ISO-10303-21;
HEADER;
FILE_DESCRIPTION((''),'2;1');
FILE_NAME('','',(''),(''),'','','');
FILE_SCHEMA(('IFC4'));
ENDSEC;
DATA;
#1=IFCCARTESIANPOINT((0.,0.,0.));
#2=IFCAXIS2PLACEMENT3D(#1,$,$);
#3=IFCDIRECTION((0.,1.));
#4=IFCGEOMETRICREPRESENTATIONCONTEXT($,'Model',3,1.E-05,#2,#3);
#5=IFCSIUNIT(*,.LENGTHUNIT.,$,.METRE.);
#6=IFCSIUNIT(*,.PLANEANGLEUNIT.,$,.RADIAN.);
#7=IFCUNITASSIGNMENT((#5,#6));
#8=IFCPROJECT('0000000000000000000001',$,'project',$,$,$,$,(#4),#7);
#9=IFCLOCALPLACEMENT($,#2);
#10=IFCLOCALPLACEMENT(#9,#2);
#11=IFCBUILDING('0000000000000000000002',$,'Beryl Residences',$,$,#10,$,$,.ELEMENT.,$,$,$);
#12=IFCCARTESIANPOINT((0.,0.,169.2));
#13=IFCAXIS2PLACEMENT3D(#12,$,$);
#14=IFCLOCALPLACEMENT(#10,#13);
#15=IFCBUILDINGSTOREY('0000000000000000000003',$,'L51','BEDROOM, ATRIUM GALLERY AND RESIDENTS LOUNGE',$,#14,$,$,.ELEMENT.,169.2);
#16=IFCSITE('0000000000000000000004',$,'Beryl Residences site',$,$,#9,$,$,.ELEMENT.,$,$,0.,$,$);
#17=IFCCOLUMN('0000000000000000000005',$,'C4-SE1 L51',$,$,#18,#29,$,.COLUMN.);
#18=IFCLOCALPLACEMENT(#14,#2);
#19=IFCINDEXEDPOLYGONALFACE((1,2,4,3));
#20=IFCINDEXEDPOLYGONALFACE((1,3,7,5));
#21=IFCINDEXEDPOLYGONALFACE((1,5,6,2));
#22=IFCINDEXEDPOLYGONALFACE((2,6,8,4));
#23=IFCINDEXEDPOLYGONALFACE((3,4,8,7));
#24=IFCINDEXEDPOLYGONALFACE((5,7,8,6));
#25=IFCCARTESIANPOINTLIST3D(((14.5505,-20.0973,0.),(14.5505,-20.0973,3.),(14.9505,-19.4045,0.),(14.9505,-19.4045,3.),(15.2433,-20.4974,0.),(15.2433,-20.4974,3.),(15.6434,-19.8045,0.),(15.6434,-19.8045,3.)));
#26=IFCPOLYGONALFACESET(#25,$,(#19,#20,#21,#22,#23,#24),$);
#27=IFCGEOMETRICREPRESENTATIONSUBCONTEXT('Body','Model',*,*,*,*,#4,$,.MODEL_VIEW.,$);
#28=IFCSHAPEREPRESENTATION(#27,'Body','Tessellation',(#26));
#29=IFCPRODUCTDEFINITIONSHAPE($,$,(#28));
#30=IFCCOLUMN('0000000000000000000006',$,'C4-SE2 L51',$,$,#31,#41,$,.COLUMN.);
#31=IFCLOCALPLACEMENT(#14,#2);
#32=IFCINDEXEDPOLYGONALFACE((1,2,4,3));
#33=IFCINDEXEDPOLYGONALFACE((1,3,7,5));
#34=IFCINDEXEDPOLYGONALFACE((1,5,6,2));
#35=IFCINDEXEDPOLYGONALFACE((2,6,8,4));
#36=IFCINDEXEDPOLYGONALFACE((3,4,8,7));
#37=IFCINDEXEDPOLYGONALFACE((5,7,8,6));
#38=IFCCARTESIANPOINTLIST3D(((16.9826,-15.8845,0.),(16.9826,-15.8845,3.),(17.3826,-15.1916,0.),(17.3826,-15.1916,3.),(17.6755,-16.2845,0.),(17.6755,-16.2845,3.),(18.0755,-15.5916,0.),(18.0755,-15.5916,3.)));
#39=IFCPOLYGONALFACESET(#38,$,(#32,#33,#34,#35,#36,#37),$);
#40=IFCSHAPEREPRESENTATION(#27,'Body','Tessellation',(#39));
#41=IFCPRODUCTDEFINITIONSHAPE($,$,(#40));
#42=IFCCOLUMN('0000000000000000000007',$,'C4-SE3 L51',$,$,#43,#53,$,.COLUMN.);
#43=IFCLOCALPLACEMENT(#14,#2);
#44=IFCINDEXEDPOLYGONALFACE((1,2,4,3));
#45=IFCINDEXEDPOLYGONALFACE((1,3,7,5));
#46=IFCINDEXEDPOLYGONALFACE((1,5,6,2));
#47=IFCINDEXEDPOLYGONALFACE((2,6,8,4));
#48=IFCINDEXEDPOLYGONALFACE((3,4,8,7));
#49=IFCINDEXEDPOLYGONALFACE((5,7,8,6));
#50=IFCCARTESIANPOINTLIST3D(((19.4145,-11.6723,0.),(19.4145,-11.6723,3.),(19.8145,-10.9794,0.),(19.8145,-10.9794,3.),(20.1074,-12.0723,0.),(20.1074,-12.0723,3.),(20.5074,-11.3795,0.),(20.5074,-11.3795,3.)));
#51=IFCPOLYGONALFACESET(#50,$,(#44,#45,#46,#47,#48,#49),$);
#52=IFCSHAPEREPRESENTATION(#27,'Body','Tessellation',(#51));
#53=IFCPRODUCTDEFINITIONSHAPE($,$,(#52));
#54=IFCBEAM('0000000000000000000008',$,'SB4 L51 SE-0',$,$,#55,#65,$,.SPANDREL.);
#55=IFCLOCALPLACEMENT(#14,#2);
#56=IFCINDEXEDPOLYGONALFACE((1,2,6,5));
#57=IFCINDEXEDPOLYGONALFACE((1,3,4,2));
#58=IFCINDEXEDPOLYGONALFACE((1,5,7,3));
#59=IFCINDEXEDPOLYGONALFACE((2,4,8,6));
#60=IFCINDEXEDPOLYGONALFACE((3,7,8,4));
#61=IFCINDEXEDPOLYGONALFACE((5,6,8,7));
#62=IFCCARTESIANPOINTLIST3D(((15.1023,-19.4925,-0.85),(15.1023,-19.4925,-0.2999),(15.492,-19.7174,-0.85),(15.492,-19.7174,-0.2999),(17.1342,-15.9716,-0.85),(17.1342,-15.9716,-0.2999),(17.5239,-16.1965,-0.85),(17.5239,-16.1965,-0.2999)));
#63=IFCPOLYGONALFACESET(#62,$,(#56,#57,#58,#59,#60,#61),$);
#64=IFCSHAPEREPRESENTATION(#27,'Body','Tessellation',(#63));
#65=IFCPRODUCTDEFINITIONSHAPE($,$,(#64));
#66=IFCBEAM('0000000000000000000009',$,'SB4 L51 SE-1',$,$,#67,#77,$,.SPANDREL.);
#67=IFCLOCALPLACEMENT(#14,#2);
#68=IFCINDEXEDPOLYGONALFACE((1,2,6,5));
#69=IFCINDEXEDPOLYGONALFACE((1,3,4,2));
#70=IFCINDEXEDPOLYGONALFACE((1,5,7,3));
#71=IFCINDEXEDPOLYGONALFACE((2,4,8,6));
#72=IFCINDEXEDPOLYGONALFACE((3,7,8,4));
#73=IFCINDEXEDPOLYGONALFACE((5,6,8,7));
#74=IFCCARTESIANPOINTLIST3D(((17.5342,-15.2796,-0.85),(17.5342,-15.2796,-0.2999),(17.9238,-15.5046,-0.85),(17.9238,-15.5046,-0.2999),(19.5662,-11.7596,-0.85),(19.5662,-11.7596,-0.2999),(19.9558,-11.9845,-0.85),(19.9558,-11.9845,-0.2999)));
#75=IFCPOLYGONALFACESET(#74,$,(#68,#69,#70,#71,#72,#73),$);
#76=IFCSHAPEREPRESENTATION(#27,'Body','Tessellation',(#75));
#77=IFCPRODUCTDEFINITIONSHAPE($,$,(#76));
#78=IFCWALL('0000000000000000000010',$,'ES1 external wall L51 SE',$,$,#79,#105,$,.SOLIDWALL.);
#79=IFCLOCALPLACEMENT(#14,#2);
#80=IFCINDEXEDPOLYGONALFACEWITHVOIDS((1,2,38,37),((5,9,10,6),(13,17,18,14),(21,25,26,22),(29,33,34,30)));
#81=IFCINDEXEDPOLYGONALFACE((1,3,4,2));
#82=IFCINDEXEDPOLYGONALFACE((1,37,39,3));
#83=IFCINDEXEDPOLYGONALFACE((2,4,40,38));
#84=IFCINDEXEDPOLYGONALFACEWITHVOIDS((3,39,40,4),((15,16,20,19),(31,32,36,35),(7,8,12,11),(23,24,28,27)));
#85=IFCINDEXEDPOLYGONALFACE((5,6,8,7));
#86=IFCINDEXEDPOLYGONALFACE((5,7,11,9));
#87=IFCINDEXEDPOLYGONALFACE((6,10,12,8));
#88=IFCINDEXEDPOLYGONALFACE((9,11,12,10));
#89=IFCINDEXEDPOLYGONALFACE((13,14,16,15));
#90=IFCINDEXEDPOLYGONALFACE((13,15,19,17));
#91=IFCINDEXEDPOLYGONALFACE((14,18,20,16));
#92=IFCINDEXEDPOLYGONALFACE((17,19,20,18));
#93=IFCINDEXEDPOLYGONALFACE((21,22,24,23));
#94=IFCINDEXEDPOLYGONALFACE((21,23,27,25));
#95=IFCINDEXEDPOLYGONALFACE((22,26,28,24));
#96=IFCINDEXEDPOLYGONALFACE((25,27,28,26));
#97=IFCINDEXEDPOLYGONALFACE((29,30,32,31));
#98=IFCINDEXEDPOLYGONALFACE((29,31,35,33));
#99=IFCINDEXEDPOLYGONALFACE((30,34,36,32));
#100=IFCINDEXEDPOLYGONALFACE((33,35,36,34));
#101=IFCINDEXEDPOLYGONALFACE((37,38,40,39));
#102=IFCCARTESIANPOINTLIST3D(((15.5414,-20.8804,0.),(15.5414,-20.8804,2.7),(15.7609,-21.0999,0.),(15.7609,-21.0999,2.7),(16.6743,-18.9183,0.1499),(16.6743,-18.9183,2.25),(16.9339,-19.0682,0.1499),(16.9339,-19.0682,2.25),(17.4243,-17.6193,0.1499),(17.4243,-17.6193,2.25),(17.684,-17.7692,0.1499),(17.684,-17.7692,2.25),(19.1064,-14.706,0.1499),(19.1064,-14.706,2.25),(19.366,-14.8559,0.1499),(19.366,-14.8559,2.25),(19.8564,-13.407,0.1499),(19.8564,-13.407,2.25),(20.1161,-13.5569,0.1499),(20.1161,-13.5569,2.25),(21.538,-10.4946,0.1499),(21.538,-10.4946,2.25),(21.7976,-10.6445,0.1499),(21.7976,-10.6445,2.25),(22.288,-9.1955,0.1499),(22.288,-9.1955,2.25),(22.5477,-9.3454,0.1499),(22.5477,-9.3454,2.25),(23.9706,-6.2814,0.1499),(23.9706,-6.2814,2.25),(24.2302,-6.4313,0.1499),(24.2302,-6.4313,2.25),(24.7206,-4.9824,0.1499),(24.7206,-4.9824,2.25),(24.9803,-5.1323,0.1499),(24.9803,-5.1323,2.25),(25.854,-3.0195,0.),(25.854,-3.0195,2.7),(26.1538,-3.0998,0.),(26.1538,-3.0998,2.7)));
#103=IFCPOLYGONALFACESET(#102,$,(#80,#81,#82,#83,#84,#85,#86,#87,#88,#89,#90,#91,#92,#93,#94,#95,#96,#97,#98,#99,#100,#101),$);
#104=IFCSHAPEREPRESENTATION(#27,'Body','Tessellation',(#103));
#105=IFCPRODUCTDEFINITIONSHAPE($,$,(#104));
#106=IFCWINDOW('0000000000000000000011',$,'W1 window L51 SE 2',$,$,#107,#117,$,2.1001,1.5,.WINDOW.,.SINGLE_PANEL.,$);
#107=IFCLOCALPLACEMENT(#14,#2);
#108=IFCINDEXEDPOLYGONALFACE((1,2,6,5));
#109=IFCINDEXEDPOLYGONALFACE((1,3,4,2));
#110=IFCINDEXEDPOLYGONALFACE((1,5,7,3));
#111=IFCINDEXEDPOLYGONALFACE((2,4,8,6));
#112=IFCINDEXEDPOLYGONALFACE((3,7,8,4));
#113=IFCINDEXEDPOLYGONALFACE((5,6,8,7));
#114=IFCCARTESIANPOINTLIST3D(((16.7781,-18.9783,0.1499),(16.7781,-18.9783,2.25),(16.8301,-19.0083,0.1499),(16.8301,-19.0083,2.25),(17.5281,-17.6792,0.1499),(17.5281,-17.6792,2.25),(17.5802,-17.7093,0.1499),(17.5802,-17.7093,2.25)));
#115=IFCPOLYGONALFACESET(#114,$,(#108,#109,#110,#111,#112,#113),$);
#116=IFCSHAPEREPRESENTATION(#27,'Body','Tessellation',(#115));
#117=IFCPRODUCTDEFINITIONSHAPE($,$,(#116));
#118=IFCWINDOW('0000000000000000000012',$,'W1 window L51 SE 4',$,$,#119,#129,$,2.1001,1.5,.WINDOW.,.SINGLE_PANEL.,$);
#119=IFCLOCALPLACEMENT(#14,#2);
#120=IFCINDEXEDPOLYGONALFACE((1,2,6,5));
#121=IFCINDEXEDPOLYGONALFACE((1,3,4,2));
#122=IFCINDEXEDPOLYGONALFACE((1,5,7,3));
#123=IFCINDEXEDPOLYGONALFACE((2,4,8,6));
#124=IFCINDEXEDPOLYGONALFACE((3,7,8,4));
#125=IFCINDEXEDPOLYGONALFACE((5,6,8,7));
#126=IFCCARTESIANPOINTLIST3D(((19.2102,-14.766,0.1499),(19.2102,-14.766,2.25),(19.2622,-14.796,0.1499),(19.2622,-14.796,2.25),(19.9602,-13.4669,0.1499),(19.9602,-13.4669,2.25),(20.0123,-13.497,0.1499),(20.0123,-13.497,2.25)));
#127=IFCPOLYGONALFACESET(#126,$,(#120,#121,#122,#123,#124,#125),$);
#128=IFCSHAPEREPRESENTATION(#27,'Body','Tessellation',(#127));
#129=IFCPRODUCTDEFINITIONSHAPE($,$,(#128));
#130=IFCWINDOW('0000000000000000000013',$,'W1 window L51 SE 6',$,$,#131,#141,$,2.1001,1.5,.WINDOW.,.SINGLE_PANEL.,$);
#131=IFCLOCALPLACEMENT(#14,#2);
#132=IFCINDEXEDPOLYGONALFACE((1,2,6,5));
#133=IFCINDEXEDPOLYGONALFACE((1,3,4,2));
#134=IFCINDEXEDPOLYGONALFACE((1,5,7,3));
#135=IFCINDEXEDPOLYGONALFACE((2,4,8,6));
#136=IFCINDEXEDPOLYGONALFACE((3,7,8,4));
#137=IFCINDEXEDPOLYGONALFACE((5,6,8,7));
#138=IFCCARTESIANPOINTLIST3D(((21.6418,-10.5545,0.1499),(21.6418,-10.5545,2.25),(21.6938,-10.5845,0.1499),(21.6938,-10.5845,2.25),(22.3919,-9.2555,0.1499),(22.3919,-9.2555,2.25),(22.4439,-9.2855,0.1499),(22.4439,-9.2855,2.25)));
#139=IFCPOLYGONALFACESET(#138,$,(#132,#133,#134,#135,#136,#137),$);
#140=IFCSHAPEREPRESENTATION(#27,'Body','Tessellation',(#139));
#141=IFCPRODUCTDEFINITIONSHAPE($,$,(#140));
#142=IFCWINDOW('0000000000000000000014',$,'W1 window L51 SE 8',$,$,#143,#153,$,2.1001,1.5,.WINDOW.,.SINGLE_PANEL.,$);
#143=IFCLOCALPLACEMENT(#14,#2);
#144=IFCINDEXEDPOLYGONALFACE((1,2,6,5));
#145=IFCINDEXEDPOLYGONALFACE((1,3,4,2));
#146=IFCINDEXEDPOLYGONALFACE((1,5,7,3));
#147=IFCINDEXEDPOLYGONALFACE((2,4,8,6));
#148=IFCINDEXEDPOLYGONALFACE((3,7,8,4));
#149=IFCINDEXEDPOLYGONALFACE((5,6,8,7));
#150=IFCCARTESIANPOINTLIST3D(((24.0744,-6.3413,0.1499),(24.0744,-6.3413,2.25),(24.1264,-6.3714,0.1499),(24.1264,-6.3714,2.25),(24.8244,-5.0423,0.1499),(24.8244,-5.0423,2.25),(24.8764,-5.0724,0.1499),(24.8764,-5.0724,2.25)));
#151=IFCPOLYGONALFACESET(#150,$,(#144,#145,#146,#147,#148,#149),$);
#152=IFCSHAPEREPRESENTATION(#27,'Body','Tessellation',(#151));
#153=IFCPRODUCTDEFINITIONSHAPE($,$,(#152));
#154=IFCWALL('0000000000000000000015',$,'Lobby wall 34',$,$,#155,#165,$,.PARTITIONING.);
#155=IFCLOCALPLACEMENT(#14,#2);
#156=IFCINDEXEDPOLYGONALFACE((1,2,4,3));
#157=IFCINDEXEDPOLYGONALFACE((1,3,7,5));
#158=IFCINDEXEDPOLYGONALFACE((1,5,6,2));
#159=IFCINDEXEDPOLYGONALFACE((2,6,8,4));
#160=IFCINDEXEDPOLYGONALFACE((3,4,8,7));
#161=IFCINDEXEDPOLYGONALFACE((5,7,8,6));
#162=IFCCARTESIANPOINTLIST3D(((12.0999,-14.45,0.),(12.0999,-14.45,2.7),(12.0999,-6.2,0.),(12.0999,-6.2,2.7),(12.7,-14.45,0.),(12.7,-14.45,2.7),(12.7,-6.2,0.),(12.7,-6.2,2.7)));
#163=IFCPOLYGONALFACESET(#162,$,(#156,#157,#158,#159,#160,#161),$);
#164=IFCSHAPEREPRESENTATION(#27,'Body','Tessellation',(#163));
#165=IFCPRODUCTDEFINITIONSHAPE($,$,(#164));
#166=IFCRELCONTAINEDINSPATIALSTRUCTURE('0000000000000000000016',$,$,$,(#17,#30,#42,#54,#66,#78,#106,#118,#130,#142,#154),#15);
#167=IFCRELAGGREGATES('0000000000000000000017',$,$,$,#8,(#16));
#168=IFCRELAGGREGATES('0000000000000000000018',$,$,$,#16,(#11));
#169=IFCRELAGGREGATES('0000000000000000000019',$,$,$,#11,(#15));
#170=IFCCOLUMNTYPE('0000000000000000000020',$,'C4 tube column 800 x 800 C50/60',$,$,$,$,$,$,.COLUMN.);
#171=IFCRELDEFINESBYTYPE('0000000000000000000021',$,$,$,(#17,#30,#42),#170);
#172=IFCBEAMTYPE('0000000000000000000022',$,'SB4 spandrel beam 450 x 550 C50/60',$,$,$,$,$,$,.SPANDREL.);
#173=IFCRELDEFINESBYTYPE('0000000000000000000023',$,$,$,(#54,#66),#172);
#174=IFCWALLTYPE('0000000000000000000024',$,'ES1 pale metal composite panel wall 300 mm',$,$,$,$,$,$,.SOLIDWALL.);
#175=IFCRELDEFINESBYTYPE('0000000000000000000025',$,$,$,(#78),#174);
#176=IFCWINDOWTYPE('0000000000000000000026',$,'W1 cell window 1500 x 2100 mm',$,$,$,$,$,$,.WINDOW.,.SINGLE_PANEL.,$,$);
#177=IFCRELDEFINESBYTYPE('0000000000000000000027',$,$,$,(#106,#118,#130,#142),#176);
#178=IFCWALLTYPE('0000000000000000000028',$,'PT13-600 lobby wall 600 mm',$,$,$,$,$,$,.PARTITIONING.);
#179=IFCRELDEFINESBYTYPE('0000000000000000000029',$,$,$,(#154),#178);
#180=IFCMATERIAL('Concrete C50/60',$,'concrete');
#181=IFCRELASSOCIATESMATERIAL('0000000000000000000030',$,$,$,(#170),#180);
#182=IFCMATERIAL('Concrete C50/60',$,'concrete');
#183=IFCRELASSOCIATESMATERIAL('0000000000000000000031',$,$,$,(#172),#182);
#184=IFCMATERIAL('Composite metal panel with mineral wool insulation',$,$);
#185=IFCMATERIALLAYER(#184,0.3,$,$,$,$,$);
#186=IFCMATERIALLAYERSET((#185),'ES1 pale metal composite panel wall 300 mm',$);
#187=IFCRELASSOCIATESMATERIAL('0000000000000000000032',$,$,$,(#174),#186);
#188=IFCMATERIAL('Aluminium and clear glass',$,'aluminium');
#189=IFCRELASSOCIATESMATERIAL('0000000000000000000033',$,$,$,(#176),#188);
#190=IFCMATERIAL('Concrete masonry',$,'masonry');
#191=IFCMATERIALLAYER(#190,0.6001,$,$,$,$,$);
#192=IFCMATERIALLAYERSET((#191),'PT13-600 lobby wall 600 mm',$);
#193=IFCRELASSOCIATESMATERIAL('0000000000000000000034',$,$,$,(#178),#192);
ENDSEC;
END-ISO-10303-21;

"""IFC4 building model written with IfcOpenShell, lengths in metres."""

from ifc_helpers import new_model, si_unit, direction, frame, frame_2d, origin, origin_2d, place, context, subcontext, project, spatial, polyline, rectangle, outline, extrude, material, layer, layer_set, material_profile, profile_set, type_object, element, fill, save


model = new_model("IFC4")

# Units and contexts
model_context = context("Model", 3, precision=1e-05, world=origin(), true_north=direction((0.0, 1.0)))
body_context = subcontext(model_context, "Body", "Model", "MODEL_VIEW")
ifc_project = project(units=[si_unit("LENGTHUNIT", "METRE"), si_unit("PLANEANGLEUNIT", "RADIAN")], contexts=[model_context])

# Site, building, storey
site_placement = place(None, origin())
site = spatial("IfcSite", under=ifc_project, at=site_placement, Name="Beryl Residences site", CompositionType="ELEMENT", RefElevation=0.0)
building_placement = place(site_placement, origin())
building = spatial("IfcBuilding", under=site, at=building_placement, Name="Beryl Residences", CompositionType="ELEMENT")
storey_placement = place(building_placement, frame((0.0, 0.0, 169.2)))
storey = spatial("IfcBuildingStorey", under=building, at=storey_placement, Name="L51", Description="BEDROOM, ATRIUM GALLERY AND RESIDENTS LOUNGE", CompositionType="ELEMENT", Elevation=169.2)

# Columns
ifc_material_1 = material(Name="Concrete C50/60", Category="concrete")
ifc_material_profile_1 = material_profile(ifc_material_1, rectangle(XDim=0.8, YDim=0.8, at=origin_2d()))
ifc_profile_set_1 = profile_set([ifc_material_profile_1], Name="Concrete C50/60")
column_type = type_object("IfcColumnType", Name="C4 tube column 800 x 800 C50/60", PredefinedType="COLUMN", material=ifc_profile_set_1)
for number, where, z_axis, x_axis, name in (
    (1, (15.0969, -19.9509, 0.0), (0.0, 0.0, 1.0), (0.5, 0.866025, 0.0), "C4-SE1 L51"),
    (2, (17.5291, -15.738, 0.0), (0.0, 0.0, 1.0), (0.5, 0.866025, 0.0), "C4-SE2 L51"),
    (3, (19.9609, -11.5259, 0.0), (0.0, 0.0, 1.0), (0.5, 0.866025, 0.0), "C4-SE3 L51"),
):
    element("IfcColumn", number, at=place(storey_placement, frame(where, z_axis=z_axis, x_axis=x_axis)), inside=storey, type_object=column_type, Name=name, PredefinedType="COLUMN", context=body_context, shape_type="SweptSolid", body=[
        extrude(rectangle(XDim=0.8, YDim=0.8, at=origin_2d()), origin(), (0.0, 0.0, 1.0), 3.0),
    ])

# Beams
ifc_material_2 = material(Name="Concrete C50/60", Category="concrete")
ifc_material_profile_2 = material_profile(ifc_material_2, rectangle(XDim=0.45, YDim=0.55, at=origin_2d()))
ifc_profile_set_2 = profile_set([ifc_material_profile_2], Name="Concrete C50/60")
beam_type = type_object("IfcBeamType", Name="SB4 spandrel beam 450 x 550 C50/60", PredefinedType="SPANDREL", material=ifc_profile_set_2)
beam_1_placement = place(storey_placement, frame((15.2971, -19.605, -0.575), z_axis=(0.49984, 0.866118, 0.0), x_axis=(-0.866118, 0.49984, 0.0)))
element("IfcBeam", 4, at=beam_1_placement, inside=storey, type_object=beam_type, Name="SB4 L51 SE-0", PredefinedType="SPANDREL", context=body_context, shape_type="SweptSolid", body=[
    extrude(rectangle(XDim=0.45, YDim=0.55, at=origin_2d()), origin(), (0.0, 0.0, 1.0), 4.0652),
])
beam_2_placement = place(storey_placement, frame((17.729, -15.3921, -0.575), z_axis=(0.499944, 0.866058, 0.0), x_axis=(-0.866058, 0.499944, 0.0)))
element("IfcBeam", 5, at=beam_2_placement, inside=storey, type_object=beam_type, Name="SB4 L51 SE-1", PredefinedType="SPANDREL", context=body_context, shape_type="SweptSolid", body=[
    extrude(rectangle(XDim=0.45, YDim=0.55, at=origin_2d()), origin(), (0.0, 0.0, 1.0), 4.0645),
])

# Wall, openings, windows
ifc_material_3 = material(Name="Composite metal panel with mineral wool insulation")
ifc_layer_1 = layer(ifc_material_3, 0.3)
ifc_layer_set_1 = layer_set([ifc_layer_1], Name="ES1 pale metal composite panel wall 300 mm")
wall_type_1 = type_object("IfcWallType", Name="ES1 pale metal composite panel wall 300 mm", PredefinedType="SOLIDWALL", material=ifc_layer_set_1)
wall_1_placement = place(storey_placement, frame((15.6311, -21.0249, 0.0), z_axis=(0.0, 0.0, 1.0), x_axis=(0.500019, 0.866015, 0.0)))
wall_1 = element("IfcWall", 6, at=wall_1_placement, inside=storey, type_object=wall_type_1, Name="ES1 external wall L51 SE", PredefinedType="SOLIDWALL", context=body_context, shape_type="SweptSolid", body=[
    extrude(outline(polyline([(0.0, -0.1499), (20.7849, -0.1499), (20.7046, 0.1499), (0.0803, 0.1499), (0.0, -0.1499)])), origin(), (0.0, 0.0, 1.0), 2.7),
])
opening_1_placement = place(wall_1_placement, frame((2.3459, 0.0, 0.1499)))
opening_1 = element("IfcOpeningElement", 7, at=opening_1_placement, cuts=wall_1, PredefinedType="OPENING", context=body_context, shape_type="SweptSolid", body=[
    extrude(rectangle(XDim=1.5, YDim=2.1001, at=frame_2d((0.75, 1.05))), frame((0.0, 0.1599, 0.0), z_axis=(0.0, -1.0, 0.0), x_axis=(1.0, 0.0, 0.0)), (0.0, 0.0, 1.0), 0.3201),
])
opening_2_placement = place(wall_1_placement, frame((7.21, 0.0, 0.1499)))
opening_2 = element("IfcOpeningElement", 8, at=opening_2_placement, cuts=wall_1, PredefinedType="OPENING", context=body_context, shape_type="SweptSolid", body=[
    extrude(rectangle(XDim=1.5, YDim=2.1001, at=frame_2d((0.75, 1.05))), frame((0.0, 0.1599, 0.0), z_axis=(0.0, -1.0, 0.0), x_axis=(1.0, 0.0, 0.0)), (0.0, 0.0, 1.0), 0.3201),
])
opening_3_placement = place(wall_1_placement, frame((12.073, 0.0, 0.1499)))
opening_3 = element("IfcOpeningElement", 9, at=opening_3_placement, cuts=wall_1, PredefinedType="OPENING", context=body_context, shape_type="SweptSolid", body=[
    extrude(rectangle(XDim=1.5, YDim=2.1001, at=frame_2d((0.75, 1.05))), frame((0.0, 0.1599, 0.0), z_axis=(0.0, -1.0, 0.0), x_axis=(1.0, 0.0, 0.0)), (0.0, 0.0, 1.0), 0.3201),
])
opening_4_placement = place(wall_1_placement, frame((16.938, 0.0, 0.1499)))
opening_4 = element("IfcOpeningElement", 10, at=opening_4_placement, cuts=wall_1, PredefinedType="OPENING", context=body_context, shape_type="SweptSolid", body=[
    extrude(rectangle(XDim=1.5, YDim=2.1001, at=frame_2d((0.75, 1.05))), frame((0.0, 0.1599, 0.0), z_axis=(0.0, -1.0, 0.0), x_axis=(1.0, 0.0, 0.0)), (0.0, 0.0, 1.0), 0.3201),
])
ifc_material_4 = material(Name="Aluminium and clear glass", Category="aluminium")
window_type = type_object("IfcWindowType", Name="W1 cell window 1500 x 2100 mm", PartitioningType="SINGLE_PANEL", PredefinedType="WINDOW", material=ifc_material_4)
window_1_placement = place(opening_1_placement, origin())
window_1 = element("IfcWindow", 11, at=window_1_placement, inside=storey, type_object=window_type, Name="W1 window L51 SE 2", OverallHeight=2.1001, OverallWidth=1.5, PartitioningType="SINGLE_PANEL", PredefinedType="WINDOW", context=body_context, shape_type="SweptSolid", body=[
    extrude(rectangle(XDim=1.5, YDim=2.1001, at=frame_2d((0.75, 1.05))), frame((0.0, 0.03, 0.0), z_axis=(0.0, -1.0, 0.0), x_axis=(1.0, 0.0, 0.0)), (0.0, 0.0, 1.0), 0.0601),
])
fill(opening_1, window_1)
window_2_placement = place(opening_2_placement, origin())
window_2 = element("IfcWindow", 12, at=window_2_placement, inside=storey, type_object=window_type, Name="W1 window L51 SE 4", OverallHeight=2.1001, OverallWidth=1.5, PartitioningType="SINGLE_PANEL", PredefinedType="WINDOW", context=body_context, shape_type="SweptSolid", body=[
    extrude(rectangle(XDim=1.5, YDim=2.1001, at=frame_2d((0.75, 1.05))), frame((0.0, 0.03, 0.0), z_axis=(0.0, -1.0, 0.0), x_axis=(1.0, 0.0, 0.0)), (0.0, 0.0, 1.0), 0.0601),
])
fill(opening_2, window_2)
window_3_placement = place(opening_3_placement, origin())
window_3 = element("IfcWindow", 13, at=window_3_placement, inside=storey, type_object=window_type, Name="W1 window L51 SE 6", OverallHeight=2.1001, OverallWidth=1.5, PartitioningType="SINGLE_PANEL", PredefinedType="WINDOW", context=body_context, shape_type="SweptSolid", body=[
    extrude(rectangle(XDim=1.5, YDim=2.1001, at=frame_2d((0.75, 1.05))), frame((0.0, 0.03, 0.0), z_axis=(0.0, -1.0, 0.0), x_axis=(1.0, 0.0, 0.0)), (0.0, 0.0, 1.0), 0.0601),
])
fill(opening_3, window_3)
window_4_placement = place(opening_4_placement, origin())
window_4 = element("IfcWindow", 14, at=window_4_placement, inside=storey, type_object=window_type, Name="W1 window L51 SE 8", OverallHeight=2.1001, OverallWidth=1.5, PartitioningType="SINGLE_PANEL", PredefinedType="WINDOW", context=body_context, shape_type="SweptSolid", body=[
    extrude(rectangle(XDim=1.5, YDim=2.1001, at=frame_2d((0.75, 1.05))), frame((0.0, 0.03, 0.0), z_axis=(0.0, -1.0, 0.0), x_axis=(1.0, 0.0, 0.0)), (0.0, 0.0, 1.0), 0.0601),
])
fill(opening_4, window_4)

# Wall
ifc_material_5 = material(Name="Concrete masonry", Category="masonry")
ifc_layer_2 = layer(ifc_material_5, 0.6001)
ifc_layer_set_2 = layer_set([ifc_layer_2], Name="PT13-600 lobby wall 600 mm")
wall_type_2 = type_object("IfcWallType", Name="PT13-600 lobby wall 600 mm", PredefinedType="PARTITIONING", material=ifc_layer_set_2)
wall_2_placement = place(storey_placement, frame((12.3999, -14.45, 0.0), z_axis=(0.0, 0.0, 1.0), x_axis=(0.0, 1.0, 0.0)))
element("IfcWall", 15, at=wall_2_placement, inside=storey, type_object=wall_type_2, Name="Lobby wall 34", PredefinedType="PARTITIONING", context=body_context, shape_type="SweptSolid", body=[
    extrude(rectangle(XDim=8.25, YDim=0.6001, at=frame_2d((4.125, 0.0))), origin(), (0.0, 0.0, 1.0), 2.7),
])

save(model, "model.ifc")
